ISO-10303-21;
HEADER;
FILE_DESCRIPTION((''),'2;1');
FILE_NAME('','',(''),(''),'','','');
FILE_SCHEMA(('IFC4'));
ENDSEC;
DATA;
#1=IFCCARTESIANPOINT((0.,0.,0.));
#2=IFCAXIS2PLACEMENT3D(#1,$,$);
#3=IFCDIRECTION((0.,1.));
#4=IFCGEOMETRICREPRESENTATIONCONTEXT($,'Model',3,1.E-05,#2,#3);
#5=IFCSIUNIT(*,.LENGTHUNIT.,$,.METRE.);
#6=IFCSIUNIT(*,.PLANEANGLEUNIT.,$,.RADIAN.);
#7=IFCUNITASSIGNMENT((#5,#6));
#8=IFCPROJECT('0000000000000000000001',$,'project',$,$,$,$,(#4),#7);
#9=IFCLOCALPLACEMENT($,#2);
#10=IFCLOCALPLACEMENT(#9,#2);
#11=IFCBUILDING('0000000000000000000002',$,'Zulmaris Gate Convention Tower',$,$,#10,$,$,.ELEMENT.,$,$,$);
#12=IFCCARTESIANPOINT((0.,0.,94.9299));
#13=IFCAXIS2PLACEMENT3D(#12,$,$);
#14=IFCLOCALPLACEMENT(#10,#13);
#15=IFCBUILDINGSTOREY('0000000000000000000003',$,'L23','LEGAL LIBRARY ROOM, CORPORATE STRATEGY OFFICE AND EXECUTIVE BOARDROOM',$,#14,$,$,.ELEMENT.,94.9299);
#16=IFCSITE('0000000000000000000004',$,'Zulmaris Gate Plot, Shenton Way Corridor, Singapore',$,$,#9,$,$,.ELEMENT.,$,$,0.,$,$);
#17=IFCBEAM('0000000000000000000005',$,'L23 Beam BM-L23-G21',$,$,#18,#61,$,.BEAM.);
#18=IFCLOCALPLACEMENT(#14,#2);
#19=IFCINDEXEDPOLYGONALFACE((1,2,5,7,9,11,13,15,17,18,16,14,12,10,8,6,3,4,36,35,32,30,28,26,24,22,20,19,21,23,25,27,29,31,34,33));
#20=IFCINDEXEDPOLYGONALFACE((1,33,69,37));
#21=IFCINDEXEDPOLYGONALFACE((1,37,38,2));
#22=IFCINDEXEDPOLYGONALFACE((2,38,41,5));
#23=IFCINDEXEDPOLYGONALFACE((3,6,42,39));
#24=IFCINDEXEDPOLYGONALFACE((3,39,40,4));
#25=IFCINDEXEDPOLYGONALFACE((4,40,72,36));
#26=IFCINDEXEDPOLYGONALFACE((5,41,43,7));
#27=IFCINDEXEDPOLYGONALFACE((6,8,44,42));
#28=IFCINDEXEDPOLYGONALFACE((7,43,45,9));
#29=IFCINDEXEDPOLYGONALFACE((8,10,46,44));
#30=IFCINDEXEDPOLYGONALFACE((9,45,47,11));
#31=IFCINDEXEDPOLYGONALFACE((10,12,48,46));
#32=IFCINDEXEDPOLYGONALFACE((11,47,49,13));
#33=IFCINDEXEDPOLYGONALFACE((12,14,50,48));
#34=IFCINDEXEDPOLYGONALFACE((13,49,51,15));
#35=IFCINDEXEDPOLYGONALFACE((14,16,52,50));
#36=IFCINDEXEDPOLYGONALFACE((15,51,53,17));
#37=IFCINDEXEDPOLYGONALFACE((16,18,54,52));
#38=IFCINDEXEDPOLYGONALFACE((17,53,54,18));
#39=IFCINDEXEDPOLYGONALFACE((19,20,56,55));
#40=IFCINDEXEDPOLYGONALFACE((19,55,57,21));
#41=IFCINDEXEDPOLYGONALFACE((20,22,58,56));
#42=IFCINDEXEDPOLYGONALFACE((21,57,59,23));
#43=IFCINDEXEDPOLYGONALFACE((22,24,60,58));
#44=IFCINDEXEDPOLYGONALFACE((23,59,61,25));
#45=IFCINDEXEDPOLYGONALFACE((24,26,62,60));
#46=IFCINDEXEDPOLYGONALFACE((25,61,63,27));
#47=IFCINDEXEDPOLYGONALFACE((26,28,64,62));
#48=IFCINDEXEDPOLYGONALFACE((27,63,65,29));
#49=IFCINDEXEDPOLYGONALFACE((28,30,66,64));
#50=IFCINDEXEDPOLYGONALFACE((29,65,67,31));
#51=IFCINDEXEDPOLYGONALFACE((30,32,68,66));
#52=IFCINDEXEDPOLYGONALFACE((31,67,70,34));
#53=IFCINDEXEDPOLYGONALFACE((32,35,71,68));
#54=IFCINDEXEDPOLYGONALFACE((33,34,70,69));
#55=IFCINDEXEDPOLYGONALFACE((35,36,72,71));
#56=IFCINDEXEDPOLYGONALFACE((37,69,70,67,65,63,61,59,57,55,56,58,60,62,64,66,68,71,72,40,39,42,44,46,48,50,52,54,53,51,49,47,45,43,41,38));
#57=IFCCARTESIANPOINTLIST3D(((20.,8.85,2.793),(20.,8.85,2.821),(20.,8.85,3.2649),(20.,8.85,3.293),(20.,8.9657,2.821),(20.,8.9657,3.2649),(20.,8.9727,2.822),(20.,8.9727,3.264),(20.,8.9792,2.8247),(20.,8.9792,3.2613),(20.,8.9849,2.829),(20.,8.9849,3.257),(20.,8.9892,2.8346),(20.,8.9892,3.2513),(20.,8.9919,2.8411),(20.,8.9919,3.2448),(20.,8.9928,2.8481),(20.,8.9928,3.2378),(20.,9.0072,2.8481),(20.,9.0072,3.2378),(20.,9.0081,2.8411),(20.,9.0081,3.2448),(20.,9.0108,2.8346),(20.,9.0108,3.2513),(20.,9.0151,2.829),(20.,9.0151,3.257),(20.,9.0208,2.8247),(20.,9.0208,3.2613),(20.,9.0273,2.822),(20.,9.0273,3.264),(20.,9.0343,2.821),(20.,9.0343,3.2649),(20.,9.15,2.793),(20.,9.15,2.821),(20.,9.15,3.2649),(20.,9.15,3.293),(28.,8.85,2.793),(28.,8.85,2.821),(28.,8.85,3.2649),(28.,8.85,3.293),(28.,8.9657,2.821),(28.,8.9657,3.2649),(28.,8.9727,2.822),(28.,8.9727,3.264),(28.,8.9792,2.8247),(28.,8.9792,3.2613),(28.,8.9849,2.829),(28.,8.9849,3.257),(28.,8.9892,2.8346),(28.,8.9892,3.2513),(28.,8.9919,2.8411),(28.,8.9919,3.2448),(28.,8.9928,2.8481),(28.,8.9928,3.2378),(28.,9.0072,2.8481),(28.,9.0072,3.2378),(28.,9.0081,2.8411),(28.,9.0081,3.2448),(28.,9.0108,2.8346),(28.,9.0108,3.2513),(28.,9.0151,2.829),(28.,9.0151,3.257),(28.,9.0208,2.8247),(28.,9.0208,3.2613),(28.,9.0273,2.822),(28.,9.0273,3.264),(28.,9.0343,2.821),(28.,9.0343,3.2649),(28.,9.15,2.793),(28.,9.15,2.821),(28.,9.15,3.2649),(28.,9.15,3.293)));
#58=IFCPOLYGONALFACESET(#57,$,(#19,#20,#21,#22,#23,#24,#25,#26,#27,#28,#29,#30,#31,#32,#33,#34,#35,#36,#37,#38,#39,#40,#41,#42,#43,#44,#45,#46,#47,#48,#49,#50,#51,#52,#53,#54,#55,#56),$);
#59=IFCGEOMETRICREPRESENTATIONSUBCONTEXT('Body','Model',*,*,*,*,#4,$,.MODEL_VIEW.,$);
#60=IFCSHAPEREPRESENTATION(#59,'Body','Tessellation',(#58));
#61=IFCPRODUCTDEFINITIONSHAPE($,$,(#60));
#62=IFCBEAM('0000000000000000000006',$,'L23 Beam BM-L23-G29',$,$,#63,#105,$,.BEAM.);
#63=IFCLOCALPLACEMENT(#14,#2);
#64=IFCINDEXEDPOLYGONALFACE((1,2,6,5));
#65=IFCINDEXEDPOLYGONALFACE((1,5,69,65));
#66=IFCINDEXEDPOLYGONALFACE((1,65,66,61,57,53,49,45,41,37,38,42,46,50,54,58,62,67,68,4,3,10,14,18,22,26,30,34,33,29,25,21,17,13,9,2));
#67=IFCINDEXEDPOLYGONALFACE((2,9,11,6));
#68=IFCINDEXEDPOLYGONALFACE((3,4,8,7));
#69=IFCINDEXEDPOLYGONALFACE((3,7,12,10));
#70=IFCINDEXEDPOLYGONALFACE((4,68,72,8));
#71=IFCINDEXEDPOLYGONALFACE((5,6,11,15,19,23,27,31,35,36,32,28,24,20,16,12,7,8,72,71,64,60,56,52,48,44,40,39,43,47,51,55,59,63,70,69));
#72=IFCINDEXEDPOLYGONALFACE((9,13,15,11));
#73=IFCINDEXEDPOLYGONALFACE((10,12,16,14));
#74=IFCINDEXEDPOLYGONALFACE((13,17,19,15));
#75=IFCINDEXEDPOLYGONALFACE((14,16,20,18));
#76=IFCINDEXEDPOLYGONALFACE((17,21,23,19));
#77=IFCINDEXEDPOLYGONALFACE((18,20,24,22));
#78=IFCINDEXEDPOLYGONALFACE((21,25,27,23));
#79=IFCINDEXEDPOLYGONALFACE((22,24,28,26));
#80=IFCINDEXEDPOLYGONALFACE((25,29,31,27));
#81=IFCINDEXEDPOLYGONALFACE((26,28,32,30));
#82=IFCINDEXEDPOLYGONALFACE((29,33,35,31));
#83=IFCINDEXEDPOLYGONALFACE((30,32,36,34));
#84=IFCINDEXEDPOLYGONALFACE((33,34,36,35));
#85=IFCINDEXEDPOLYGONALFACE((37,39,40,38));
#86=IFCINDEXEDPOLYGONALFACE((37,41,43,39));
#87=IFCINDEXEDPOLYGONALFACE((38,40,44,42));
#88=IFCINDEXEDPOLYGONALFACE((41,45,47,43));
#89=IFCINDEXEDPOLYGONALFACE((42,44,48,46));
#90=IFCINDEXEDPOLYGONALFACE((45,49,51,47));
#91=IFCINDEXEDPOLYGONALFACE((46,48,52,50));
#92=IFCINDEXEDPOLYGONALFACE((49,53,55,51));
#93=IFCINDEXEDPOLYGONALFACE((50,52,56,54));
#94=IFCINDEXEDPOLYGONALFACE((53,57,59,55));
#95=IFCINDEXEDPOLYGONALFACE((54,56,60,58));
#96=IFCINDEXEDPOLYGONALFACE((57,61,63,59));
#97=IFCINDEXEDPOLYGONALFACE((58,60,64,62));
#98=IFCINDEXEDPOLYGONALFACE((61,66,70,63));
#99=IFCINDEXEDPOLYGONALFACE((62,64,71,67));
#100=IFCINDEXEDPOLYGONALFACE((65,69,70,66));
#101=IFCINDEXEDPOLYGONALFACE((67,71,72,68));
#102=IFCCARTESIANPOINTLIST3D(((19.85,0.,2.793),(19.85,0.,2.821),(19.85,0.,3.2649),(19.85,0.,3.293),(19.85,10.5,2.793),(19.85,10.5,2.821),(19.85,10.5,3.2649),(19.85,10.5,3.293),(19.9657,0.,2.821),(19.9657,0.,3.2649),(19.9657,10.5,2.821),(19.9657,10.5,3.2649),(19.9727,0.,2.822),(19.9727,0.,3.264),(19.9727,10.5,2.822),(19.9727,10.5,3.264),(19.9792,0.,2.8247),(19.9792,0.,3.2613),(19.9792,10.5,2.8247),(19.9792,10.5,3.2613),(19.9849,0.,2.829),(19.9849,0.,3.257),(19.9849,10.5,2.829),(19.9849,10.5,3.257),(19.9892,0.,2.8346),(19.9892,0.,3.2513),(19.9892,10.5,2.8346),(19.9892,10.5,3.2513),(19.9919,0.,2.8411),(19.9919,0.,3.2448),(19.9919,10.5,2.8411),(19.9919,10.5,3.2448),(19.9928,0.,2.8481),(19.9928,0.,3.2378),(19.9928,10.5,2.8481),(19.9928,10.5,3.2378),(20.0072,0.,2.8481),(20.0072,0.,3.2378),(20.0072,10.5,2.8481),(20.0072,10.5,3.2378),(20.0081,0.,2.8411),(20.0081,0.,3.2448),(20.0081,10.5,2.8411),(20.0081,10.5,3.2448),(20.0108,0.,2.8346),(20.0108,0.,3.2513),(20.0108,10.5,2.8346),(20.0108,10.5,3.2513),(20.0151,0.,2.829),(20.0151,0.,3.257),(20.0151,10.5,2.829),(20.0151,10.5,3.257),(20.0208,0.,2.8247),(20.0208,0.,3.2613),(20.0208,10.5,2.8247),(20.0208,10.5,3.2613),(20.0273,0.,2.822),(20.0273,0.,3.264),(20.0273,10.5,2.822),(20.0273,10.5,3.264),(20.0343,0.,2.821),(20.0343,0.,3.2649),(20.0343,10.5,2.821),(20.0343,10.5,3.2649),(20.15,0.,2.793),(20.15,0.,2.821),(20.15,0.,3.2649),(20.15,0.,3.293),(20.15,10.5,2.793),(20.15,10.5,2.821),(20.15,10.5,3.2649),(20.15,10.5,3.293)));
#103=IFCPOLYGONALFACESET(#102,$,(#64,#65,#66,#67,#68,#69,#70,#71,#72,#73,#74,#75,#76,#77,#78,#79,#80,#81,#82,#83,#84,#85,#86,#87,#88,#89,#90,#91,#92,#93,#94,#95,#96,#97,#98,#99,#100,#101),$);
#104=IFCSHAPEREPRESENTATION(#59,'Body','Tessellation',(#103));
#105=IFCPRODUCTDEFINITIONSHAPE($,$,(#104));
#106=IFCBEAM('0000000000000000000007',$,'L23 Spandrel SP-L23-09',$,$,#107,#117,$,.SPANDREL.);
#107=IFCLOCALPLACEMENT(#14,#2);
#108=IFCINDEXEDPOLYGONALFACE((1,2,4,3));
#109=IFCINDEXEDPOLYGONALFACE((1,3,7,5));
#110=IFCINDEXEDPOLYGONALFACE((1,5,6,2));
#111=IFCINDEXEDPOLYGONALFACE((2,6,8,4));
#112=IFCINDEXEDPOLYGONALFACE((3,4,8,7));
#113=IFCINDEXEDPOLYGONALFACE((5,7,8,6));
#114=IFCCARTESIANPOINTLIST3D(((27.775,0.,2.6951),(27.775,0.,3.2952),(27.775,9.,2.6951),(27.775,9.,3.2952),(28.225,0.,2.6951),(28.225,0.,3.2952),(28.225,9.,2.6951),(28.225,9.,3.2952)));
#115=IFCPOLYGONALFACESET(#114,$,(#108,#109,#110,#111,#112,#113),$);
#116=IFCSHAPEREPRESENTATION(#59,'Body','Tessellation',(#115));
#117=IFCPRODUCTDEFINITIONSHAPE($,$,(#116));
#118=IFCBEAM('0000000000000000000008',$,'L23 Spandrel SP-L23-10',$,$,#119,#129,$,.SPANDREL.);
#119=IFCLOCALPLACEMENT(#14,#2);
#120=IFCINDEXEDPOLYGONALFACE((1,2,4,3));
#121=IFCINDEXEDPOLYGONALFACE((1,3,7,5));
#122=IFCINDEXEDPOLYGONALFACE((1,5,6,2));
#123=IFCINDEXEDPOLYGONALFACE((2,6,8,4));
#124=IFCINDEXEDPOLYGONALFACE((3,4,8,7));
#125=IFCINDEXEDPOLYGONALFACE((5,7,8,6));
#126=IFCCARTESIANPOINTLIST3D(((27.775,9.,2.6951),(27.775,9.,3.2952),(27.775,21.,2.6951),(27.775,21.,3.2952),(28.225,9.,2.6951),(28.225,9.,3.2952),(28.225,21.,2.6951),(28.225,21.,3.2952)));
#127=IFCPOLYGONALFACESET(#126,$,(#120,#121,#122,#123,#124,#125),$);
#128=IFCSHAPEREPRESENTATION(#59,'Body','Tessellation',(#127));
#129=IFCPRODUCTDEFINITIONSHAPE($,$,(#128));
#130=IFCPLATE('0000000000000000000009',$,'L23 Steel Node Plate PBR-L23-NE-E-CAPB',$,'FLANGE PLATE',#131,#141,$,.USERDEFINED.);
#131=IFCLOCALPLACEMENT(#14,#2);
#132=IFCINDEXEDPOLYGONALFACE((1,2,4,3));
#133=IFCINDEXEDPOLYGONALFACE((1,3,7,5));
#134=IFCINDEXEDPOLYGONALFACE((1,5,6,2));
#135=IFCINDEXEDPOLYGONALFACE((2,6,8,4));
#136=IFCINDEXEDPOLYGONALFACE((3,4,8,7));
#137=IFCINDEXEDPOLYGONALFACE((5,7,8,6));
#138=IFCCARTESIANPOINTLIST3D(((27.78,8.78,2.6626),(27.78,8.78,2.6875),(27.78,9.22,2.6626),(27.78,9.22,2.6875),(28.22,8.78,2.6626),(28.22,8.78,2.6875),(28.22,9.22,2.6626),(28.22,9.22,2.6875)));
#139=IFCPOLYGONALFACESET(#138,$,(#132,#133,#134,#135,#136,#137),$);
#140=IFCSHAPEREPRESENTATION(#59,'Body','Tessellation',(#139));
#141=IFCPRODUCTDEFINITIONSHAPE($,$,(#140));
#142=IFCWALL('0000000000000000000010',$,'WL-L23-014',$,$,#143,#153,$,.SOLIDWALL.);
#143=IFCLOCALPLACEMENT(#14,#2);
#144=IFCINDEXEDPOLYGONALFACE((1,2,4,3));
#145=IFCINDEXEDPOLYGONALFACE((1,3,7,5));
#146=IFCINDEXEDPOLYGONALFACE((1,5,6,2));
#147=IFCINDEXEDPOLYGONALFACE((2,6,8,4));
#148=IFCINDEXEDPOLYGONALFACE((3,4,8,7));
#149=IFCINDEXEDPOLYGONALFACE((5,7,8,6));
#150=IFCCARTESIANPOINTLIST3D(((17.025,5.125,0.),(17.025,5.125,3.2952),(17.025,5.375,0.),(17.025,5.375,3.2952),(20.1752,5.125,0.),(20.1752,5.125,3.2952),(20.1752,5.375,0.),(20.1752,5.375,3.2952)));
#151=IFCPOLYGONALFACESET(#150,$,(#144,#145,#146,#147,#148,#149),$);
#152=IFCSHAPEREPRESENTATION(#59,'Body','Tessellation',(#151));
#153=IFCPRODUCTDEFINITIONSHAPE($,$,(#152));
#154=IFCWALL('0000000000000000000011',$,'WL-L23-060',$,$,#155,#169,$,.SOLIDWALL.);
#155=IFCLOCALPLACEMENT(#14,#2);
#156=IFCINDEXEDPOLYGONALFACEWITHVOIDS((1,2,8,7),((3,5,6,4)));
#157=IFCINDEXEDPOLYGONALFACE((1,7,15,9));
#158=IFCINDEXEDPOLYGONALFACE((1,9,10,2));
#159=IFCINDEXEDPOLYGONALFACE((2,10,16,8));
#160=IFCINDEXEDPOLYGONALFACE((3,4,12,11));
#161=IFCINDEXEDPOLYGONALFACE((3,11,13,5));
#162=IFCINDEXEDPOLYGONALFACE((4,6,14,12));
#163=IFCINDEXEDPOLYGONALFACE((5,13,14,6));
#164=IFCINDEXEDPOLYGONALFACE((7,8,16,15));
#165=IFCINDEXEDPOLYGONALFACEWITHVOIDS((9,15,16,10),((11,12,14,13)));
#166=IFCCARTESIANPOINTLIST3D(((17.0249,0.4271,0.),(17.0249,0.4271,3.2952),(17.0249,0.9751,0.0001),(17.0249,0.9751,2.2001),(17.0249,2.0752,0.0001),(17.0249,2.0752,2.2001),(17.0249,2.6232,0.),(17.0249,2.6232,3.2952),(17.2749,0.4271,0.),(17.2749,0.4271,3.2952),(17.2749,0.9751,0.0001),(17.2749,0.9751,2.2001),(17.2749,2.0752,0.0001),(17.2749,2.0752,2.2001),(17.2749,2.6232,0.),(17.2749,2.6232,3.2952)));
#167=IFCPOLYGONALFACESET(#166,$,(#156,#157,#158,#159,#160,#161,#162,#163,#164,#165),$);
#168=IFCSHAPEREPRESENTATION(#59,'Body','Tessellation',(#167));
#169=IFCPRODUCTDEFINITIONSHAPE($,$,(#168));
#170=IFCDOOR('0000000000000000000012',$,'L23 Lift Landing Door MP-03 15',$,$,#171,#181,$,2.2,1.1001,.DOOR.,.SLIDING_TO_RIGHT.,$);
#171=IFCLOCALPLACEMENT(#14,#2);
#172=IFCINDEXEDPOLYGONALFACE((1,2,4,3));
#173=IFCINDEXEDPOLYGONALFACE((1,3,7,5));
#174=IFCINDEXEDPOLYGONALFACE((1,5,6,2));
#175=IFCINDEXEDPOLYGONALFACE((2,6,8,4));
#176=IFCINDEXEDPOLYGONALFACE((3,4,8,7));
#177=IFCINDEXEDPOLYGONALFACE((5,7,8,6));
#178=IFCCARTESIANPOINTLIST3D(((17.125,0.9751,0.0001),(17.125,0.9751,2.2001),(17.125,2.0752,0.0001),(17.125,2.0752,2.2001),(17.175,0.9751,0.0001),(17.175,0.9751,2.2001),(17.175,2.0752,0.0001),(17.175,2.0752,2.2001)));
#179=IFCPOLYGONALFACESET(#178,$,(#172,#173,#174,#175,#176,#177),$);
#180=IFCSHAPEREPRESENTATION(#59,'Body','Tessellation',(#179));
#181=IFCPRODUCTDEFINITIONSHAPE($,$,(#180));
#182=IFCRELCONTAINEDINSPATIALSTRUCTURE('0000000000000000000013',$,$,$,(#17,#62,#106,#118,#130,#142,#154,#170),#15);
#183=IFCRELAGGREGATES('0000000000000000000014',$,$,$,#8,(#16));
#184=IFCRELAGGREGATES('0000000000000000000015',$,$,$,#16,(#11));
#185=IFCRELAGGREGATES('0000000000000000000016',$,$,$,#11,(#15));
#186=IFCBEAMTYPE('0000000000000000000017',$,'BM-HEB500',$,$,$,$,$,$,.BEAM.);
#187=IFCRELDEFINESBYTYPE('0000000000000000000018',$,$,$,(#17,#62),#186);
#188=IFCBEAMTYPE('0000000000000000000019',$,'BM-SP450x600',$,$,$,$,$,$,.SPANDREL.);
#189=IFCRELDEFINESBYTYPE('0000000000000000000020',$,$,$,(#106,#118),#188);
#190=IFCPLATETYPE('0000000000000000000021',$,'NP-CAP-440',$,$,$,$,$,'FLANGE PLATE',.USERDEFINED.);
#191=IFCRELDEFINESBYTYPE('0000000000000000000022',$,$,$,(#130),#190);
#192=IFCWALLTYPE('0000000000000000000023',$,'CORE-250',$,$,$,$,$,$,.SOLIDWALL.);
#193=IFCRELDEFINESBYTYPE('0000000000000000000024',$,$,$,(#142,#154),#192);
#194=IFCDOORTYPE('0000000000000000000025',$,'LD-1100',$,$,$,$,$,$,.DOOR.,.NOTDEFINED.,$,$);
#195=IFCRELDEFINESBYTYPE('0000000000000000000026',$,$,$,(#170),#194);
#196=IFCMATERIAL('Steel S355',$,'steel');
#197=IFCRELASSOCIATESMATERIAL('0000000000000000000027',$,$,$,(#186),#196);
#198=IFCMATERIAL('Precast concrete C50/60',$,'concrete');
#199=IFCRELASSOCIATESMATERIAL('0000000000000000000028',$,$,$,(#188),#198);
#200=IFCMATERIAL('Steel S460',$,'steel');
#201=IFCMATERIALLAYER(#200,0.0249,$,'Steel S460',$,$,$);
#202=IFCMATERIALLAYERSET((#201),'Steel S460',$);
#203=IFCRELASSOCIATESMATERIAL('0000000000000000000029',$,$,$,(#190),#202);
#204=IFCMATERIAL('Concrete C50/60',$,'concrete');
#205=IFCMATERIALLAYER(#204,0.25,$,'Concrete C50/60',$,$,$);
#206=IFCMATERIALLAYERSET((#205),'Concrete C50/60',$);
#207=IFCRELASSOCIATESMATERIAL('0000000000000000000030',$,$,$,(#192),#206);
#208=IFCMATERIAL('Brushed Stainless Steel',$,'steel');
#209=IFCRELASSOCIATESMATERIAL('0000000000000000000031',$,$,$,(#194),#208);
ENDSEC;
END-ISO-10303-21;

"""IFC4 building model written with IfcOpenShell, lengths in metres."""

from ifc_helpers import new_model, si_unit, direction, frame, frame_2d, origin, origin_2d, place, context, subcontext, project, spatial, rectangle, i_section, extrude, material, layer, layer_set, material_profile, profile_set, type_object, element, fill, save


model = new_model("IFC4")

# Units and contexts
model_context = context("Model", 3, precision=1e-05, world=origin(), true_north=direction((0.0, 1.0)))
body_context = subcontext(model_context, "Body", "Model", "MODEL_VIEW")
ifc_project = project(units=[si_unit("LENGTHUNIT", "METRE"), si_unit("PLANEANGLEUNIT", "RADIAN")], contexts=[model_context])

# Site, building, storey
site_placement = place(None, origin())
site = spatial("IfcSite", under=ifc_project, at=site_placement, Name="Zulmaris Gate Plot, Shenton Way Corridor, Singapore", CompositionType="ELEMENT", RefElevation=0.0)
building_placement = place(site_placement, origin())
building = spatial("IfcBuilding", under=site, at=building_placement, Name="Zulmaris Gate Convention Tower", CompositionType="ELEMENT")
storey_placement = place(building_placement, frame((0.0, 0.0, 94.9299)))
storey = spatial("IfcBuildingStorey", under=building, at=storey_placement, Name="L23", Description="LEGAL LIBRARY ROOM, CORPORATE STRATEGY OFFICE AND EXECUTIVE BOARDROOM", CompositionType="ELEMENT", Elevation=94.9299)

# Beams
ifc_material_1 = material(Name="Steel S355", Category="steel")
ifc_material_profile_1 = material_profile(ifc_material_1, i_section(OverallWidth=0.3, OverallDepth=0.5, WebThickness=0.0144, FlangeThickness=0.0281, FilletRadius=0.0271, at=origin_2d()), Name="HEB 500")
ifc_profile_set_1 = profile_set([ifc_material_profile_1], Name="Steel S355")
beam_type_1 = type_object("IfcBeamType", Name="BM-HEB500", PredefinedType="BEAM", material=ifc_profile_set_1)
for number, where, z_axis, x_axis, name in (
    (1, (20.0, 9.0, 3.043), (1.0, 0.0, 0.0), (0.0, 1.0, 0.0), "L23 Beam BM-L23-G21"),
):
    element("IfcBeam", number, at=place(storey_placement, frame(where, z_axis=z_axis, x_axis=x_axis)), inside=storey, type_object=beam_type_1, Name=name, PredefinedType="BEAM", context=body_context, shape_type="SweptSolid", body=[
        extrude(i_section(OverallWidth=0.3, OverallDepth=0.5, WebThickness=0.0144, FlangeThickness=0.0281, FilletRadius=0.0271, at=origin_2d()), origin(), (0.0, 0.0, 1.0), 8.0),
    ])
beam_1_placement = place(storey_placement, frame((20.0, 0.0, 3.043), z_axis=(0.0, 1.0, 0.0), x_axis=(-1.0, 0.0, 0.0)))
element("IfcBeam", 2, at=beam_1_placement, inside=storey, type_object=beam_type_1, Name="L23 Beam BM-L23-G29", PredefinedType="BEAM", context=body_context, shape_type="SweptSolid", body=[
    extrude(i_section(OverallWidth=0.3, OverallDepth=0.5, WebThickness=0.0144, FlangeThickness=0.0281, FilletRadius=0.0271, at=origin_2d()), origin(), (0.0, 0.0, 1.0), 10.5),
])
ifc_material_2 = material(Name="Precast concrete C50/60", Category="concrete")
ifc_material_profile_2 = material_profile(ifc_material_2, rectangle(XDim=0.45, YDim=0.6001, at=origin_2d()), Name="RC SPANDREL 450x600")
ifc_profile_set_2 = profile_set([ifc_material_profile_2], Name="Precast concrete C50/60")
beam_type_2 = type_object("IfcBeamType", Name="BM-SP450x600", PredefinedType="SPANDREL", material=ifc_profile_set_2)
beam_2_placement = place(storey_placement, frame((28.0, 0.0, 2.9951), z_axis=(0.0, 1.0, 0.0), x_axis=(-1.0, 0.0, 0.0)))
element("IfcBeam", 3, at=beam_2_placement, inside=storey, type_object=beam_type_2, Name="L23 Spandrel SP-L23-09", PredefinedType="SPANDREL", context=body_context, shape_type="SweptSolid", body=[
    extrude(rectangle(XDim=0.45, YDim=0.6001, at=origin_2d()), origin(), (0.0, 0.0, 1.0), 9.0),
])
beam_3_placement = place(storey_placement, frame((28.0, 9.0, 2.9951), z_axis=(0.0, 1.0, 0.0), x_axis=(-1.0, 0.0, 0.0)))
element("IfcBeam", 4, at=beam_3_placement, inside=storey, type_object=beam_type_2, Name="L23 Spandrel SP-L23-10", PredefinedType="SPANDREL", context=body_context, shape_type="SweptSolid", body=[
    extrude(rectangle(XDim=0.45, YDim=0.6001, at=origin_2d()), origin(), (0.0, 0.0, 1.0), 12.0),
])

# Plate
ifc_material_3 = material(Name="Steel S460", Category="steel")
ifc_layer_1 = layer(ifc_material_3, 0.0249, Name="Steel S460")
ifc_layer_set_1 = layer_set([ifc_layer_1], Name="Steel S460")
plate_type = type_object("IfcPlateType", Name="NP-CAP-440", ElementType="FLANGE PLATE", PredefinedType="USERDEFINED", material=ifc_layer_set_1)
plate_placement = place(storey_placement, frame((28.0, 9.0, 2.6626), z_axis=(0.0, 0.0, 1.0), x_axis=(1.0, 0.0, 0.0)))
element("IfcPlate", 5, at=plate_placement, inside=storey, type_object=plate_type, Name="L23 Steel Node Plate PBR-L23-NE-E-CAPB", ObjectType="FLANGE PLATE", PredefinedType="USERDEFINED", context=body_context, shape_type="SweptSolid", body=[
    extrude(rectangle(XDim=0.4399, YDim=0.4399, at=origin_2d()), origin(), (0.0, 0.0, 1.0), 0.0249),
])

# Wall
ifc_material_4 = material(Name="Concrete C50/60", Category="concrete")
ifc_layer_2 = layer(ifc_material_4, 0.25, Name="Concrete C50/60")
ifc_layer_set_2 = layer_set([ifc_layer_2], Name="Concrete C50/60")
wall_type_1 = type_object("IfcWallType", Name="CORE-250", PredefinedType="SOLIDWALL", material=ifc_layer_set_2)
wall_1_placement = place(storey_placement, frame((17.0249, 5.25, 0.0), z_axis=(0.0, 0.0, 1.0), x_axis=(1.0, 0.0, 0.0)))
element("IfcWall", 6, at=wall_1_placement, inside=storey, type_object=wall_type_1, Name="WL-L23-014", PredefinedType="SOLIDWALL", context=body_context, shape_type="SweptSolid", body=[
    extrude(rectangle(XDim=3.1501, YDim=0.25, at=frame_2d((1.5752, 0.0))), origin(), (0.0, 0.0, 1.0), 3.2952),
])

# Wall, opening, door
wall_2_placement = place(storey_placement, frame((17.1499, 0.427, 0.0), z_axis=(0.0, 0.0, 1.0), x_axis=(0.0, 1.0, 0.0)))
wall_2 = element("IfcWall", 7, at=wall_2_placement, inside=storey, type_object=wall_type_1, Name="WL-L23-060", PredefinedType="SOLIDWALL", context=body_context, shape_type="SweptSolid", body=[
    extrude(rectangle(XDim=2.196, YDim=0.25, at=frame_2d((1.0981, 0.0))), origin(), (0.0, 0.0, 1.0), 3.2952),
])
opening_1_placement = place(wall_2_placement, frame((0.5481, 0.0, 0.0)))
opening_1 = element("IfcOpeningElement", 8, at=opening_1_placement, cuts=wall_2, PredefinedType="OPENING", context=body_context, shape_type="SweptSolid", body=[
    extrude(rectangle(XDim=1.1001, YDim=2.2, at=frame_2d((0.55, 1.1001))), frame((0.0, 0.135, 0.0), z_axis=(0.0, -1.0, 0.0), x_axis=(1.0, 0.0, 0.0)), (0.0, 0.0, 1.0), 0.27),
])
ifc_material_5 = material(Name="Brushed Stainless Steel", Category="steel")
door_type_1 = type_object("IfcDoorType", Name="LD-1100", OperationType="NOTDEFINED", PredefinedType="DOOR", material=ifc_material_5)
door_1_placement = place(opening_1_placement, origin())
door_1 = element("IfcDoor", 9, at=door_1_placement, inside=storey, type_object=door_type_1, Name="L23 Lift Landing Door MP-03 15", OperationType="SLIDING_TO_RIGHT", OverallHeight=2.2, OverallWidth=1.1001, PredefinedType="DOOR", context=body_context, shape_type="SweptSolid", body=[
    extrude(rectangle(XDim=1.1001, YDim=2.2, at=frame_2d((0.55, 1.1001))), frame((0.0, 0.0249, 0.0), z_axis=(0.0, -1.0, 0.0), x_axis=(1.0, 0.0, 0.0)), (0.0, 0.0, 1.0), 0.05),
])
fill(opening_1, door_1)

save(model, "model.ifc")
